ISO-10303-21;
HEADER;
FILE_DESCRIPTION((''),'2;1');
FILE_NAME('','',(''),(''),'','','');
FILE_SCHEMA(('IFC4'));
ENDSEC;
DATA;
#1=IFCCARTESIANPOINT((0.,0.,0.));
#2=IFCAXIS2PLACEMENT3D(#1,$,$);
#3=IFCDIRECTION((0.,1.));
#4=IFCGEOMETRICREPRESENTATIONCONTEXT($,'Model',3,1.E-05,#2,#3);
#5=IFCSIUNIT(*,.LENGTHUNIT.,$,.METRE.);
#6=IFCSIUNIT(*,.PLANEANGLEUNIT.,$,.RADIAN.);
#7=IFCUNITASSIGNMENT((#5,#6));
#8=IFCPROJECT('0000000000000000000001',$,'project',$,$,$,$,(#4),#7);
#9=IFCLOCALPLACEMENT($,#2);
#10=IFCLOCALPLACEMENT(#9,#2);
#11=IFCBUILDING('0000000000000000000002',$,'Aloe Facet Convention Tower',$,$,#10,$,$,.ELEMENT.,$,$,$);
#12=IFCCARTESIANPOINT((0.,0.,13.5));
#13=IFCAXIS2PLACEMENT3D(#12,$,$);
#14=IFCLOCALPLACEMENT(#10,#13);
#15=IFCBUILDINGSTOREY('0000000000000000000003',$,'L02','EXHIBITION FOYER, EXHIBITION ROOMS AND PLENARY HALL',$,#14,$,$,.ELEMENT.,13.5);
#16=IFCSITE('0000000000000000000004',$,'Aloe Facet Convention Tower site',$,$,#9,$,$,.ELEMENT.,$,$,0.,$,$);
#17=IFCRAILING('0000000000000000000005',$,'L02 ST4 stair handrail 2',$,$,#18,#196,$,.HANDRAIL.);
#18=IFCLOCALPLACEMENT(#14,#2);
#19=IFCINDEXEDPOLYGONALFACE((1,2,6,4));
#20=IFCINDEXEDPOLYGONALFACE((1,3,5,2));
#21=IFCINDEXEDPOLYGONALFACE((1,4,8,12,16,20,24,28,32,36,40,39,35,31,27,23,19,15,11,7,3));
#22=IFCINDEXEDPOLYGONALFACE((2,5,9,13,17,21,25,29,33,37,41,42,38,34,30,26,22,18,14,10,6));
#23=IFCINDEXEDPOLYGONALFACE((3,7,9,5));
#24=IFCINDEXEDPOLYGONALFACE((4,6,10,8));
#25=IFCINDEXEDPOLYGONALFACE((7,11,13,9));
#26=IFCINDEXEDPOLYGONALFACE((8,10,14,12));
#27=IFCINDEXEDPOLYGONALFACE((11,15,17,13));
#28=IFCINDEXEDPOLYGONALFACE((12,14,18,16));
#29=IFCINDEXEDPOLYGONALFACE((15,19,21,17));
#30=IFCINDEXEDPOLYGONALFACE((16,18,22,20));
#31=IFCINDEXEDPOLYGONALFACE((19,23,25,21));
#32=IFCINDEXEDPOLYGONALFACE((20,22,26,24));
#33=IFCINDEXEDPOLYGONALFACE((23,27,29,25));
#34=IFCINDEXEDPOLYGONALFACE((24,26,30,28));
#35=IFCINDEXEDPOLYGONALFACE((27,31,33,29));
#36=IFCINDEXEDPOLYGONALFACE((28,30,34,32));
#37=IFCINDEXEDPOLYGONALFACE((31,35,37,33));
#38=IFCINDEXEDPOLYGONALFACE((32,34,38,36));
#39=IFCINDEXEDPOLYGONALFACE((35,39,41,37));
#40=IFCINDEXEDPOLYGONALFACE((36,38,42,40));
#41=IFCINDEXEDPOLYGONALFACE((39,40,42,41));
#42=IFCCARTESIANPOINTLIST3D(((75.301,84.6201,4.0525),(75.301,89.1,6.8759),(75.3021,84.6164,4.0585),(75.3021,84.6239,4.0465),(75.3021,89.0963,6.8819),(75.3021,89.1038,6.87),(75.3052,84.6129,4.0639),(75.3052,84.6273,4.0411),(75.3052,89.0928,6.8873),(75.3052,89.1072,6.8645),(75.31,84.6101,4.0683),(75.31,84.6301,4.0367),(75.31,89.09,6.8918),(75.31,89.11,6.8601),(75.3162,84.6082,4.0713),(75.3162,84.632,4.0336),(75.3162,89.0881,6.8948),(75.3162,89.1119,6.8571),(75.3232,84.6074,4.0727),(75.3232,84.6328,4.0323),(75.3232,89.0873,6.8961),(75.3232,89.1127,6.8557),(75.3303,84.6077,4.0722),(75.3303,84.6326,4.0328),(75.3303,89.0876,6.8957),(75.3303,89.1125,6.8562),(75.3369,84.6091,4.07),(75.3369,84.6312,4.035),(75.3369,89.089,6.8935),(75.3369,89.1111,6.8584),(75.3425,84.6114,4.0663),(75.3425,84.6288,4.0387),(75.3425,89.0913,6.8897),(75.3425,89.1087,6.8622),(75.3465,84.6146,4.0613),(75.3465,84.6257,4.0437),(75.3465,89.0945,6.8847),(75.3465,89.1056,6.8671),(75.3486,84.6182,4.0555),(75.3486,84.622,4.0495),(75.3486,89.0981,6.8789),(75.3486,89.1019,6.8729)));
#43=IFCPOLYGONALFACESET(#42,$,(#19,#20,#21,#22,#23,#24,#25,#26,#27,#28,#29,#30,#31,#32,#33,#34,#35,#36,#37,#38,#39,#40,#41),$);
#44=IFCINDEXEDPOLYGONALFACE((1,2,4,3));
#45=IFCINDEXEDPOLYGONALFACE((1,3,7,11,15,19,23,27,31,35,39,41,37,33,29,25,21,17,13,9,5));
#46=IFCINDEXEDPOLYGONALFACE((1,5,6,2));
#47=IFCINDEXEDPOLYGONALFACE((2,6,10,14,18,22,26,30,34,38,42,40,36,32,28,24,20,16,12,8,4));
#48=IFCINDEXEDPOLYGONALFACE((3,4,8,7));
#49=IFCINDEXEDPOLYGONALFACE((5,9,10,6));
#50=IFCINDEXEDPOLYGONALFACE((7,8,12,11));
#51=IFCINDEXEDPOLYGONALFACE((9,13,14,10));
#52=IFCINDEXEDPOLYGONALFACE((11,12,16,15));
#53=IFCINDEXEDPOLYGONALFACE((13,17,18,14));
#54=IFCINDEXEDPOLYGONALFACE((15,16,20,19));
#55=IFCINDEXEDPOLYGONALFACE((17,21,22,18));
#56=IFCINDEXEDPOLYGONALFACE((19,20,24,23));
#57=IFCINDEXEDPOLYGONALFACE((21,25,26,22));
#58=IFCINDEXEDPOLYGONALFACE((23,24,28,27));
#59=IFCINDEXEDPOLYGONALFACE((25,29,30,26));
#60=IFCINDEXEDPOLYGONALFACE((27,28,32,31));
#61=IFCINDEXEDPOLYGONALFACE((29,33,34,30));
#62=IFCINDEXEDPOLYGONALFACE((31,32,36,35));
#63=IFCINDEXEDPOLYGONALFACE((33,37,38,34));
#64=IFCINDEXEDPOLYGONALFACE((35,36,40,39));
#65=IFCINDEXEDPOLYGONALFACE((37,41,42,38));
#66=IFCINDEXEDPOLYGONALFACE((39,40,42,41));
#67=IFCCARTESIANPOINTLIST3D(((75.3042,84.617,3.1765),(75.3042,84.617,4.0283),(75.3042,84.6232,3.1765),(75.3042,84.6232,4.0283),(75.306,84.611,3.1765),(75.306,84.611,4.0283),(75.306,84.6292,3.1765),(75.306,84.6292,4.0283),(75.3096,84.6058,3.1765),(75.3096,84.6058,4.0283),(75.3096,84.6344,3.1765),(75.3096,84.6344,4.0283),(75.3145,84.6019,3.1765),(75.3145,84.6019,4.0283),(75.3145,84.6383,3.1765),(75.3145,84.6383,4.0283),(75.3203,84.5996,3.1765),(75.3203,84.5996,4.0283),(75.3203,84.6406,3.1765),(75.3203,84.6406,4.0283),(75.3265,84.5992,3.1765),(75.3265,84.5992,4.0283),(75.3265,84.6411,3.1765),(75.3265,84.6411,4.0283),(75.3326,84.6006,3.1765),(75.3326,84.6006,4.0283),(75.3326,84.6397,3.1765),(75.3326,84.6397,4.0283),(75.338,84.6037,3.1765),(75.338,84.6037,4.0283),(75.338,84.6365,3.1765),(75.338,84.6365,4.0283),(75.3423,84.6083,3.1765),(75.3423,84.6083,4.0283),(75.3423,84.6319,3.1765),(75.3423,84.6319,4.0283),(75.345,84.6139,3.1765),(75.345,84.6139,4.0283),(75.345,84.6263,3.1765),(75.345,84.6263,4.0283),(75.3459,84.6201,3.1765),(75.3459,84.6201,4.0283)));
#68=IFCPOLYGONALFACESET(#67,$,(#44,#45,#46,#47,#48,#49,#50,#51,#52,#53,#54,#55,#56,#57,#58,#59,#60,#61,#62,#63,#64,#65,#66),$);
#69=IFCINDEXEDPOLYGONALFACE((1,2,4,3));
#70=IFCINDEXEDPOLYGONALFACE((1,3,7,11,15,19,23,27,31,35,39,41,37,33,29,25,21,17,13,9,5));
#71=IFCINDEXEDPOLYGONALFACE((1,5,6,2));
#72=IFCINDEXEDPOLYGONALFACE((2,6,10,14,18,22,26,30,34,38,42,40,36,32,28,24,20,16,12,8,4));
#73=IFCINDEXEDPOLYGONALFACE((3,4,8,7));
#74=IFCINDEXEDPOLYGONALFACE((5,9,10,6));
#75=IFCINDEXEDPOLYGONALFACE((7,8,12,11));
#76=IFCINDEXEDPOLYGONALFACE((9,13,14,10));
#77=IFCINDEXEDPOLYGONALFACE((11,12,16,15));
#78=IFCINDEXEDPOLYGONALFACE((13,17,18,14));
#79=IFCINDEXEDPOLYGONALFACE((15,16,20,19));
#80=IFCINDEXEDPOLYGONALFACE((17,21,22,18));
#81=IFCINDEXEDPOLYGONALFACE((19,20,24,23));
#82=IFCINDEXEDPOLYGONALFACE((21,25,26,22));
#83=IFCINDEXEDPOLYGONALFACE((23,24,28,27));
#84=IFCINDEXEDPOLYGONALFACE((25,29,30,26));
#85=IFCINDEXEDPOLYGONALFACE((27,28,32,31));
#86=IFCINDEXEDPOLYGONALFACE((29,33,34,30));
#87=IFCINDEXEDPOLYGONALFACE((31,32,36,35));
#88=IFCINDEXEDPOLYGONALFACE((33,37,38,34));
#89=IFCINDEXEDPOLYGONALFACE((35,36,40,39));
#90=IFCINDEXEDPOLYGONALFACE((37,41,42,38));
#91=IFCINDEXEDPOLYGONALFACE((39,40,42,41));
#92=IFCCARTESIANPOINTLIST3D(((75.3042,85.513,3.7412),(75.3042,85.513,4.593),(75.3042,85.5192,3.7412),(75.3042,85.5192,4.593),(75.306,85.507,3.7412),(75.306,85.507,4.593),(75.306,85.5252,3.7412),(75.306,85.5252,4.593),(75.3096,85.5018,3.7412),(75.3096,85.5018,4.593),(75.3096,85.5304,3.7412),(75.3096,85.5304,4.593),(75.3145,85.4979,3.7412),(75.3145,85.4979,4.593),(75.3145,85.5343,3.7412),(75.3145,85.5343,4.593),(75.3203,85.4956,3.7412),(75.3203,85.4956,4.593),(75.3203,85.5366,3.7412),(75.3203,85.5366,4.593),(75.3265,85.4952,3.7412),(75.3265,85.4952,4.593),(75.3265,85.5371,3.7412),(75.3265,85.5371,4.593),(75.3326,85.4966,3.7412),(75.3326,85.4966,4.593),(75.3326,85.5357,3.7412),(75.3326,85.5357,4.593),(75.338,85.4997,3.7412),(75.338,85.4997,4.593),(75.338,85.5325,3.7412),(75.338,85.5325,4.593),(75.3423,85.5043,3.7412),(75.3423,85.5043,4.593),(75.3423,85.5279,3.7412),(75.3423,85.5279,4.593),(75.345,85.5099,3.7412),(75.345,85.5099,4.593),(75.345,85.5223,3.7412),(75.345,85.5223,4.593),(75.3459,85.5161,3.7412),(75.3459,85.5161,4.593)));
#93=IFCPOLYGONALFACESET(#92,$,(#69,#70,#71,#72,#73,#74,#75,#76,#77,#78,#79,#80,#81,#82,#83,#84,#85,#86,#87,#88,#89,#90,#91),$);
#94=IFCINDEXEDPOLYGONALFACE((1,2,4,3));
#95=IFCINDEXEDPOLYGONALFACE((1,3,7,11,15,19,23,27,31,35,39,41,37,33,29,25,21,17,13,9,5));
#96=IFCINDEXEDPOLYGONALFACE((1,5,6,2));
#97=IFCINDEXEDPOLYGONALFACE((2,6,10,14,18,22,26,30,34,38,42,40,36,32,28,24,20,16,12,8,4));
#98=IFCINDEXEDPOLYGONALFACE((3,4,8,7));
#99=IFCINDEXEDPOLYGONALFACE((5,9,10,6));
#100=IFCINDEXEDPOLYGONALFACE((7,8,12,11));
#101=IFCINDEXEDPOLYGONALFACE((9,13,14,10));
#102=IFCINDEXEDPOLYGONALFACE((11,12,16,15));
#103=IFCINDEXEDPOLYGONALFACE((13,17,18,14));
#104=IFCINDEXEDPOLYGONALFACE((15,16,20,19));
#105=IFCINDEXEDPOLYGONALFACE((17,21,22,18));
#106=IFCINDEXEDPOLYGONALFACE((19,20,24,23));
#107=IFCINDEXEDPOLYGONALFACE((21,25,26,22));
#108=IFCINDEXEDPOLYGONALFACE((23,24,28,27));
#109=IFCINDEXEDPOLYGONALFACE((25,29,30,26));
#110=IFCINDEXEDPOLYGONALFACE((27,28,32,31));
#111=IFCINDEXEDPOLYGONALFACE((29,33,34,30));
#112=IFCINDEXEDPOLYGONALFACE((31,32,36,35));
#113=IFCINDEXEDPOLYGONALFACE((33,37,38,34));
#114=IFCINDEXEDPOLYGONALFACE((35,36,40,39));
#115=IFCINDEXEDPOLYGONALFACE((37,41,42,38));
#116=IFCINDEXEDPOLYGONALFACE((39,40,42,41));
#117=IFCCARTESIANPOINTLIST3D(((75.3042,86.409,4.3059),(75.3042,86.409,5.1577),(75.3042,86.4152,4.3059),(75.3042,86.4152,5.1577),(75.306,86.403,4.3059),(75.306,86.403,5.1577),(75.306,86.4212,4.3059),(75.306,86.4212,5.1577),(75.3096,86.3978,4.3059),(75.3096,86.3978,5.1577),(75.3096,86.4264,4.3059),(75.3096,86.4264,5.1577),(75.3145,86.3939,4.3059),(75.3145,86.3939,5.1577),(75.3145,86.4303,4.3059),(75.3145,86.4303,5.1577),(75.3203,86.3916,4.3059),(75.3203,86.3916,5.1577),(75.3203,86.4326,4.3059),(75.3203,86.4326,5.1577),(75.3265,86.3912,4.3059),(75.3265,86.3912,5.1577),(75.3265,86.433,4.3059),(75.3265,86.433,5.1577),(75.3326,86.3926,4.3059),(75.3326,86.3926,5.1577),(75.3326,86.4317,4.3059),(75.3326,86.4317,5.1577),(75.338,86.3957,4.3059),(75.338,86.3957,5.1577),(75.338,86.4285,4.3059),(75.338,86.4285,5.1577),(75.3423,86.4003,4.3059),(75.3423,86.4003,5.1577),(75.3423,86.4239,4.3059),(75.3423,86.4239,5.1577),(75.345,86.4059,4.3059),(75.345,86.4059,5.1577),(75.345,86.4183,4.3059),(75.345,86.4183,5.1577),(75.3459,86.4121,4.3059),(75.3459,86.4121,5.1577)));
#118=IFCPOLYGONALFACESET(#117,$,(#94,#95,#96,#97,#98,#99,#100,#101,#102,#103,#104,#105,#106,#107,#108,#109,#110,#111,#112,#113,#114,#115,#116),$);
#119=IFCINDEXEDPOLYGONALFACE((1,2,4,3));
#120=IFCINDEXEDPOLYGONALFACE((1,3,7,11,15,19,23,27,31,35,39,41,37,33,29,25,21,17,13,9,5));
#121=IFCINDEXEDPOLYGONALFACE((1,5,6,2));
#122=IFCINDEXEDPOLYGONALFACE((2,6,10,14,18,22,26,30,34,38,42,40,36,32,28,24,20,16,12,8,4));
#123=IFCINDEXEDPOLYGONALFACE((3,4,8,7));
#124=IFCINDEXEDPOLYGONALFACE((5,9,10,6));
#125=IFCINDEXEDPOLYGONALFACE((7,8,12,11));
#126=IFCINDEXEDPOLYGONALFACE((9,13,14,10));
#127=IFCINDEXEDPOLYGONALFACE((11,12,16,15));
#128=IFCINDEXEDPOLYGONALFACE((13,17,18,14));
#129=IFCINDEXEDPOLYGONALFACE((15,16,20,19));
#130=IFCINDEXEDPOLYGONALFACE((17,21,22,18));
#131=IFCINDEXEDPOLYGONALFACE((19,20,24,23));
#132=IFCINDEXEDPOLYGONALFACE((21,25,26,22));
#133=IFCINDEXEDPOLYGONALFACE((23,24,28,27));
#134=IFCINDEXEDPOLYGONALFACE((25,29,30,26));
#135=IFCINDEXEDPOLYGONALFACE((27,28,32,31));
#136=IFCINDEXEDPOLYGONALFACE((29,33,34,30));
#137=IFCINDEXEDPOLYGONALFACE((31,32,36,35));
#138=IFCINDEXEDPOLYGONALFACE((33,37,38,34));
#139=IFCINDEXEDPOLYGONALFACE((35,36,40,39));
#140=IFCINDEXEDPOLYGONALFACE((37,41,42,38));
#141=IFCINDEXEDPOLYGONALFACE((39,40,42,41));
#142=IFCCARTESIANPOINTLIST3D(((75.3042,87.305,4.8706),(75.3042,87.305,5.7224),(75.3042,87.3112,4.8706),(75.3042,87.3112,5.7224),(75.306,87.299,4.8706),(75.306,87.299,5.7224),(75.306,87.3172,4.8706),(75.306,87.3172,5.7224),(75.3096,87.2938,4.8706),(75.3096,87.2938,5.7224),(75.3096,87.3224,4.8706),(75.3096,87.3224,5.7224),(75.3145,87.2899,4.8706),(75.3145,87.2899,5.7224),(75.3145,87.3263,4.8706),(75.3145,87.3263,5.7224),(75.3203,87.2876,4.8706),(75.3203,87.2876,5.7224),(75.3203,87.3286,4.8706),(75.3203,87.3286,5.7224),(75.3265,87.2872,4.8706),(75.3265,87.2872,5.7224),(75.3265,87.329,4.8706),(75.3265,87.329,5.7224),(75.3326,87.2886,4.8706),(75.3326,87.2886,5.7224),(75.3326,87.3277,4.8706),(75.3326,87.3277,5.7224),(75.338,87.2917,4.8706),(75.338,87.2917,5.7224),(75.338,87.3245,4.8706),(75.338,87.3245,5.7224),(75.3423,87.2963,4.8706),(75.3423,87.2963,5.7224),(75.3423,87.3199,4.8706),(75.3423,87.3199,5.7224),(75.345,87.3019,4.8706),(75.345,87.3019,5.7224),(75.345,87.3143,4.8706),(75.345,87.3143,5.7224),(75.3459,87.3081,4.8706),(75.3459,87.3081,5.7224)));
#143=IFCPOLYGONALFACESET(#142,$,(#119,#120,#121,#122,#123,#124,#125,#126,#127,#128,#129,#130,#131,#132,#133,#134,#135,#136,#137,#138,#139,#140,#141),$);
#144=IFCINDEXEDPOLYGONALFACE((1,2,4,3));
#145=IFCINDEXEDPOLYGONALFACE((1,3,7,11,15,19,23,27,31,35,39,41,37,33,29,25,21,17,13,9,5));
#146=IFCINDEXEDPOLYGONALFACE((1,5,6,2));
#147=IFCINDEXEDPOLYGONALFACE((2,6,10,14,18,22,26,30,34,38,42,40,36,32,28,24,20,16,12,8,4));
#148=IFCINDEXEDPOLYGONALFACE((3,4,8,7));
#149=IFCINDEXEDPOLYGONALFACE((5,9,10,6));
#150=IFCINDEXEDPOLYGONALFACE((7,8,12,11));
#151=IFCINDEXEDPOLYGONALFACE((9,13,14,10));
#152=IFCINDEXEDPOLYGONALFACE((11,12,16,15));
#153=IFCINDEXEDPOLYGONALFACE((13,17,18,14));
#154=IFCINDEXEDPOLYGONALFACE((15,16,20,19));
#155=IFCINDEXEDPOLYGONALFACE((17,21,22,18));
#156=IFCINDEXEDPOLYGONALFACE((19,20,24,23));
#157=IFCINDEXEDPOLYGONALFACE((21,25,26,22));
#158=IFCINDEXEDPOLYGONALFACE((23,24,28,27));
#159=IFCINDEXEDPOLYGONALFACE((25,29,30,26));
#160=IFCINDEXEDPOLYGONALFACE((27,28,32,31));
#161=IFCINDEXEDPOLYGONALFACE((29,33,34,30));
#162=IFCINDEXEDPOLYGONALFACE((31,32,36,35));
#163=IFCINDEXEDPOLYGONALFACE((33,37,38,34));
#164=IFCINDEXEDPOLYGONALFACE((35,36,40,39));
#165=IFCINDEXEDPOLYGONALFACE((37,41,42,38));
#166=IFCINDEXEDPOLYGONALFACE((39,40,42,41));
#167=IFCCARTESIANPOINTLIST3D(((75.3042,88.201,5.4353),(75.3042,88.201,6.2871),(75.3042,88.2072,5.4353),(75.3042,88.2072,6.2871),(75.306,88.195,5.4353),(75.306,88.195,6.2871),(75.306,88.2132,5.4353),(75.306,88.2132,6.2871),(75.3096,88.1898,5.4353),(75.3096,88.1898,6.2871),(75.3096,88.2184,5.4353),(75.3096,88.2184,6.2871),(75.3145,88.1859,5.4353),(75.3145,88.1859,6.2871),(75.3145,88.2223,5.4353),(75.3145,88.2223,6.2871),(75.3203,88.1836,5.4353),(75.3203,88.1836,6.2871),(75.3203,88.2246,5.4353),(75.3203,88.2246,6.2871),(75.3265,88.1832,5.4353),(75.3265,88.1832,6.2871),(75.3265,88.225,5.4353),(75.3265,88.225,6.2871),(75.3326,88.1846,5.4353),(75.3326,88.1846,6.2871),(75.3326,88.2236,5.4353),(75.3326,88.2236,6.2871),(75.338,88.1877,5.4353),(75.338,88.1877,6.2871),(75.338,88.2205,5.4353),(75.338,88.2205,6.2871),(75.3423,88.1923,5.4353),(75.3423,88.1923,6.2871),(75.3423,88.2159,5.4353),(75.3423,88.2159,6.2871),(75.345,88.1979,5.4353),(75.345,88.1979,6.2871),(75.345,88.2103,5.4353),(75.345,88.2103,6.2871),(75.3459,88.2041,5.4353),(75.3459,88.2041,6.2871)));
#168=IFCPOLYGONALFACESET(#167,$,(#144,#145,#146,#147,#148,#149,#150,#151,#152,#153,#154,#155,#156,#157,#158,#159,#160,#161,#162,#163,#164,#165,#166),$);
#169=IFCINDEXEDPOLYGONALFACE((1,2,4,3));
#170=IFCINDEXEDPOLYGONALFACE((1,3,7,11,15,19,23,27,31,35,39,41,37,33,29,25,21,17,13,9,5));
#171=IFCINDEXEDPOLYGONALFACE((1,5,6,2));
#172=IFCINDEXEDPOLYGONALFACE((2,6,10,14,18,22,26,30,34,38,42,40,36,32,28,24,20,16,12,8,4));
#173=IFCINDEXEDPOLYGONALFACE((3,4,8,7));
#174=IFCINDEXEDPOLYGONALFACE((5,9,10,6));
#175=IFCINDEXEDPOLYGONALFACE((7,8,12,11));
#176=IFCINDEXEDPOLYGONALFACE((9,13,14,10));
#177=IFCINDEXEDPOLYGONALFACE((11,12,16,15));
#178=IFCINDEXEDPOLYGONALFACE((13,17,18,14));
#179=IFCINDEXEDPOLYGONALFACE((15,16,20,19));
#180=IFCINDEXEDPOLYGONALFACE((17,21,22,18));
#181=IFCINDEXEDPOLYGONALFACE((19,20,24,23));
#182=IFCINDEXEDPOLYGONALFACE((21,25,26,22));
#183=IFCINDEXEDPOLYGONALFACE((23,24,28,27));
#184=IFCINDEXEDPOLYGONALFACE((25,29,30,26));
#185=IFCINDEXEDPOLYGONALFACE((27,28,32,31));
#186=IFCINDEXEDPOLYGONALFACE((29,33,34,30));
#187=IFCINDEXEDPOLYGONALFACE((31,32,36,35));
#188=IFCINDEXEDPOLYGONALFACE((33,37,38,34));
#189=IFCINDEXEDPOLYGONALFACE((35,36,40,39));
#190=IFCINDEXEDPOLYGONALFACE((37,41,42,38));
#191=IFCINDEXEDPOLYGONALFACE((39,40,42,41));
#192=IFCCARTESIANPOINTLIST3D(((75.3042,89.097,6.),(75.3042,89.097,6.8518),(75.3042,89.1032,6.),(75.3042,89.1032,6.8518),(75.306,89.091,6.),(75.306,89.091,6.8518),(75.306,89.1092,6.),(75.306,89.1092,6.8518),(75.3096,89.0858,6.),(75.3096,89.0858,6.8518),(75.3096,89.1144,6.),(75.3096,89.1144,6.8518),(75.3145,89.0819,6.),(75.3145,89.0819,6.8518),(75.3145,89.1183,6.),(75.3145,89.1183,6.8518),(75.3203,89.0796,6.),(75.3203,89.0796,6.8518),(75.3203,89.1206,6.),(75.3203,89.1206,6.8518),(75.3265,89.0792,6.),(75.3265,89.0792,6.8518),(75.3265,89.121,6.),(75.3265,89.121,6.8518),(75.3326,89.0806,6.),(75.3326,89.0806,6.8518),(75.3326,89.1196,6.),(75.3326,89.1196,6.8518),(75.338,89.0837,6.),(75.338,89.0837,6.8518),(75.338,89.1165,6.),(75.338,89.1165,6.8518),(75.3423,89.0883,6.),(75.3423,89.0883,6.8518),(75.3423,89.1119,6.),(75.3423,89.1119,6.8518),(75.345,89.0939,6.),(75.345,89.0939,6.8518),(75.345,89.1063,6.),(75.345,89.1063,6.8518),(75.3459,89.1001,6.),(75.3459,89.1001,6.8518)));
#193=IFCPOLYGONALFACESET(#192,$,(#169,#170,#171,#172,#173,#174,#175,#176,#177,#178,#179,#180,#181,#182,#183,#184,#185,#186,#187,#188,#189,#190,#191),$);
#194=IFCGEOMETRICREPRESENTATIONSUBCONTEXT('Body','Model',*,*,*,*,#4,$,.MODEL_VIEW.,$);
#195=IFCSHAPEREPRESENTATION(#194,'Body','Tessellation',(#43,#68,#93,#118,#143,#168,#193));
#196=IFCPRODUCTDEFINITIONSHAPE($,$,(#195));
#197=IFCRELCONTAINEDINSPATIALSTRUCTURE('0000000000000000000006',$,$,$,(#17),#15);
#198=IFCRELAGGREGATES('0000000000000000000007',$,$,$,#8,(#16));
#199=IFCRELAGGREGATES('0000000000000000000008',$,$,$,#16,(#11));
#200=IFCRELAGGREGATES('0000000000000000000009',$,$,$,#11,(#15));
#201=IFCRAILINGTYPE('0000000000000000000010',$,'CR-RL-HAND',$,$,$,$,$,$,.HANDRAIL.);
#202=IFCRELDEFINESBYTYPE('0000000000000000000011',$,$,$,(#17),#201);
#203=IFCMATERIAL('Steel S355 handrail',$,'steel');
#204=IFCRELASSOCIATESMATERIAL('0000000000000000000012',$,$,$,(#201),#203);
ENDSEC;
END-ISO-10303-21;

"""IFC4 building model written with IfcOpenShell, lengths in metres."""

from ifc_helpers import new_model, si_unit, direction, frame, origin, origin_2d, place, context, subcontext, project, spatial, circle, extrude, material, type_object, element, save


model = new_model("IFC4")

# Units and contexts
model_context = context("Model", 3, precision=1e-05, world=origin(), true_north=direction((0.0, 1.0)))
body_context = subcontext(model_context, "Body", "Model", "MODEL_VIEW")
ifc_project = project(units=[si_unit("LENGTHUNIT", "METRE"), si_unit("PLANEANGLEUNIT", "RADIAN")], contexts=[model_context])

# Site, building, storey
site_placement = place(None, origin())
site = spatial("IfcSite", under=ifc_project, at=site_placement, Name="Aloe Facet Convention Tower site", CompositionType="ELEMENT", RefElevation=0.0)
building_placement = place(site_placement, origin())
building = spatial("IfcBuilding", under=site, at=building_placement, Name="Aloe Facet Convention Tower", CompositionType="ELEMENT")
storey_placement = place(building_placement, frame((0.0, 0.0, 13.5)))
storey = spatial("IfcBuildingStorey", under=building, at=storey_placement, Name="L02", Description="EXHIBITION FOYER, EXHIBITION ROOMS AND PLENARY HALL", CompositionType="ELEMENT", Elevation=13.5)

# Railing
ifc_material_1 = material(Name="Steel S355 handrail", Category="steel")
railing_type_1 = type_object("IfcRailingType", Name="CR-RL-HAND", PredefinedType="HANDRAIL", material=ifc_material_1)
railing_1_placement = place(storey_placement, frame((75.325, 84.6201, 3.1765)))
element("IfcRailing", 1, at=railing_1_placement, inside=storey, type_object=railing_type_1, Name="L02 ST4 stair handrail 2", PredefinedType="HANDRAIL", context=body_context, shape_type="SweptSolid", body=[
    extrude(circle(Radius=0.0239, at=origin_2d()), frame((0.0, 0.0, 0.876), z_axis=(0.0, 0.845998, 0.533186), x_axis=(-1.0, 0.0, 0.0)), (0.0, 0.0, 1.0), 5.2954),
    extrude(circle(Radius=0.021, at=origin_2d()), origin(), (0.0, 0.0, 1.0), 0.8518),
    extrude(circle(Radius=0.021, at=origin_2d()), frame((0.0, 0.896, 0.5647)), (0.0, 0.0, 1.0), 0.8518),
    extrude(circle(Radius=0.021, at=origin_2d()), frame((0.0, 1.792, 1.1294)), (0.0, 0.0, 1.0), 0.8518),
    extrude(circle(Radius=0.021, at=origin_2d()), frame((0.0, 2.688, 1.6941)), (0.0, 0.0, 1.0), 0.8518),
    extrude(circle(Radius=0.021, at=origin_2d()), frame((0.0, 3.584, 2.2588)), (0.0, 0.0, 1.0), 0.8518),
    extrude(circle(Radius=0.021, at=origin_2d()), frame((0.0, 4.48, 2.8235)), (0.0, 0.0, 1.0), 0.8518),
])

save(model, "model.ifc")
